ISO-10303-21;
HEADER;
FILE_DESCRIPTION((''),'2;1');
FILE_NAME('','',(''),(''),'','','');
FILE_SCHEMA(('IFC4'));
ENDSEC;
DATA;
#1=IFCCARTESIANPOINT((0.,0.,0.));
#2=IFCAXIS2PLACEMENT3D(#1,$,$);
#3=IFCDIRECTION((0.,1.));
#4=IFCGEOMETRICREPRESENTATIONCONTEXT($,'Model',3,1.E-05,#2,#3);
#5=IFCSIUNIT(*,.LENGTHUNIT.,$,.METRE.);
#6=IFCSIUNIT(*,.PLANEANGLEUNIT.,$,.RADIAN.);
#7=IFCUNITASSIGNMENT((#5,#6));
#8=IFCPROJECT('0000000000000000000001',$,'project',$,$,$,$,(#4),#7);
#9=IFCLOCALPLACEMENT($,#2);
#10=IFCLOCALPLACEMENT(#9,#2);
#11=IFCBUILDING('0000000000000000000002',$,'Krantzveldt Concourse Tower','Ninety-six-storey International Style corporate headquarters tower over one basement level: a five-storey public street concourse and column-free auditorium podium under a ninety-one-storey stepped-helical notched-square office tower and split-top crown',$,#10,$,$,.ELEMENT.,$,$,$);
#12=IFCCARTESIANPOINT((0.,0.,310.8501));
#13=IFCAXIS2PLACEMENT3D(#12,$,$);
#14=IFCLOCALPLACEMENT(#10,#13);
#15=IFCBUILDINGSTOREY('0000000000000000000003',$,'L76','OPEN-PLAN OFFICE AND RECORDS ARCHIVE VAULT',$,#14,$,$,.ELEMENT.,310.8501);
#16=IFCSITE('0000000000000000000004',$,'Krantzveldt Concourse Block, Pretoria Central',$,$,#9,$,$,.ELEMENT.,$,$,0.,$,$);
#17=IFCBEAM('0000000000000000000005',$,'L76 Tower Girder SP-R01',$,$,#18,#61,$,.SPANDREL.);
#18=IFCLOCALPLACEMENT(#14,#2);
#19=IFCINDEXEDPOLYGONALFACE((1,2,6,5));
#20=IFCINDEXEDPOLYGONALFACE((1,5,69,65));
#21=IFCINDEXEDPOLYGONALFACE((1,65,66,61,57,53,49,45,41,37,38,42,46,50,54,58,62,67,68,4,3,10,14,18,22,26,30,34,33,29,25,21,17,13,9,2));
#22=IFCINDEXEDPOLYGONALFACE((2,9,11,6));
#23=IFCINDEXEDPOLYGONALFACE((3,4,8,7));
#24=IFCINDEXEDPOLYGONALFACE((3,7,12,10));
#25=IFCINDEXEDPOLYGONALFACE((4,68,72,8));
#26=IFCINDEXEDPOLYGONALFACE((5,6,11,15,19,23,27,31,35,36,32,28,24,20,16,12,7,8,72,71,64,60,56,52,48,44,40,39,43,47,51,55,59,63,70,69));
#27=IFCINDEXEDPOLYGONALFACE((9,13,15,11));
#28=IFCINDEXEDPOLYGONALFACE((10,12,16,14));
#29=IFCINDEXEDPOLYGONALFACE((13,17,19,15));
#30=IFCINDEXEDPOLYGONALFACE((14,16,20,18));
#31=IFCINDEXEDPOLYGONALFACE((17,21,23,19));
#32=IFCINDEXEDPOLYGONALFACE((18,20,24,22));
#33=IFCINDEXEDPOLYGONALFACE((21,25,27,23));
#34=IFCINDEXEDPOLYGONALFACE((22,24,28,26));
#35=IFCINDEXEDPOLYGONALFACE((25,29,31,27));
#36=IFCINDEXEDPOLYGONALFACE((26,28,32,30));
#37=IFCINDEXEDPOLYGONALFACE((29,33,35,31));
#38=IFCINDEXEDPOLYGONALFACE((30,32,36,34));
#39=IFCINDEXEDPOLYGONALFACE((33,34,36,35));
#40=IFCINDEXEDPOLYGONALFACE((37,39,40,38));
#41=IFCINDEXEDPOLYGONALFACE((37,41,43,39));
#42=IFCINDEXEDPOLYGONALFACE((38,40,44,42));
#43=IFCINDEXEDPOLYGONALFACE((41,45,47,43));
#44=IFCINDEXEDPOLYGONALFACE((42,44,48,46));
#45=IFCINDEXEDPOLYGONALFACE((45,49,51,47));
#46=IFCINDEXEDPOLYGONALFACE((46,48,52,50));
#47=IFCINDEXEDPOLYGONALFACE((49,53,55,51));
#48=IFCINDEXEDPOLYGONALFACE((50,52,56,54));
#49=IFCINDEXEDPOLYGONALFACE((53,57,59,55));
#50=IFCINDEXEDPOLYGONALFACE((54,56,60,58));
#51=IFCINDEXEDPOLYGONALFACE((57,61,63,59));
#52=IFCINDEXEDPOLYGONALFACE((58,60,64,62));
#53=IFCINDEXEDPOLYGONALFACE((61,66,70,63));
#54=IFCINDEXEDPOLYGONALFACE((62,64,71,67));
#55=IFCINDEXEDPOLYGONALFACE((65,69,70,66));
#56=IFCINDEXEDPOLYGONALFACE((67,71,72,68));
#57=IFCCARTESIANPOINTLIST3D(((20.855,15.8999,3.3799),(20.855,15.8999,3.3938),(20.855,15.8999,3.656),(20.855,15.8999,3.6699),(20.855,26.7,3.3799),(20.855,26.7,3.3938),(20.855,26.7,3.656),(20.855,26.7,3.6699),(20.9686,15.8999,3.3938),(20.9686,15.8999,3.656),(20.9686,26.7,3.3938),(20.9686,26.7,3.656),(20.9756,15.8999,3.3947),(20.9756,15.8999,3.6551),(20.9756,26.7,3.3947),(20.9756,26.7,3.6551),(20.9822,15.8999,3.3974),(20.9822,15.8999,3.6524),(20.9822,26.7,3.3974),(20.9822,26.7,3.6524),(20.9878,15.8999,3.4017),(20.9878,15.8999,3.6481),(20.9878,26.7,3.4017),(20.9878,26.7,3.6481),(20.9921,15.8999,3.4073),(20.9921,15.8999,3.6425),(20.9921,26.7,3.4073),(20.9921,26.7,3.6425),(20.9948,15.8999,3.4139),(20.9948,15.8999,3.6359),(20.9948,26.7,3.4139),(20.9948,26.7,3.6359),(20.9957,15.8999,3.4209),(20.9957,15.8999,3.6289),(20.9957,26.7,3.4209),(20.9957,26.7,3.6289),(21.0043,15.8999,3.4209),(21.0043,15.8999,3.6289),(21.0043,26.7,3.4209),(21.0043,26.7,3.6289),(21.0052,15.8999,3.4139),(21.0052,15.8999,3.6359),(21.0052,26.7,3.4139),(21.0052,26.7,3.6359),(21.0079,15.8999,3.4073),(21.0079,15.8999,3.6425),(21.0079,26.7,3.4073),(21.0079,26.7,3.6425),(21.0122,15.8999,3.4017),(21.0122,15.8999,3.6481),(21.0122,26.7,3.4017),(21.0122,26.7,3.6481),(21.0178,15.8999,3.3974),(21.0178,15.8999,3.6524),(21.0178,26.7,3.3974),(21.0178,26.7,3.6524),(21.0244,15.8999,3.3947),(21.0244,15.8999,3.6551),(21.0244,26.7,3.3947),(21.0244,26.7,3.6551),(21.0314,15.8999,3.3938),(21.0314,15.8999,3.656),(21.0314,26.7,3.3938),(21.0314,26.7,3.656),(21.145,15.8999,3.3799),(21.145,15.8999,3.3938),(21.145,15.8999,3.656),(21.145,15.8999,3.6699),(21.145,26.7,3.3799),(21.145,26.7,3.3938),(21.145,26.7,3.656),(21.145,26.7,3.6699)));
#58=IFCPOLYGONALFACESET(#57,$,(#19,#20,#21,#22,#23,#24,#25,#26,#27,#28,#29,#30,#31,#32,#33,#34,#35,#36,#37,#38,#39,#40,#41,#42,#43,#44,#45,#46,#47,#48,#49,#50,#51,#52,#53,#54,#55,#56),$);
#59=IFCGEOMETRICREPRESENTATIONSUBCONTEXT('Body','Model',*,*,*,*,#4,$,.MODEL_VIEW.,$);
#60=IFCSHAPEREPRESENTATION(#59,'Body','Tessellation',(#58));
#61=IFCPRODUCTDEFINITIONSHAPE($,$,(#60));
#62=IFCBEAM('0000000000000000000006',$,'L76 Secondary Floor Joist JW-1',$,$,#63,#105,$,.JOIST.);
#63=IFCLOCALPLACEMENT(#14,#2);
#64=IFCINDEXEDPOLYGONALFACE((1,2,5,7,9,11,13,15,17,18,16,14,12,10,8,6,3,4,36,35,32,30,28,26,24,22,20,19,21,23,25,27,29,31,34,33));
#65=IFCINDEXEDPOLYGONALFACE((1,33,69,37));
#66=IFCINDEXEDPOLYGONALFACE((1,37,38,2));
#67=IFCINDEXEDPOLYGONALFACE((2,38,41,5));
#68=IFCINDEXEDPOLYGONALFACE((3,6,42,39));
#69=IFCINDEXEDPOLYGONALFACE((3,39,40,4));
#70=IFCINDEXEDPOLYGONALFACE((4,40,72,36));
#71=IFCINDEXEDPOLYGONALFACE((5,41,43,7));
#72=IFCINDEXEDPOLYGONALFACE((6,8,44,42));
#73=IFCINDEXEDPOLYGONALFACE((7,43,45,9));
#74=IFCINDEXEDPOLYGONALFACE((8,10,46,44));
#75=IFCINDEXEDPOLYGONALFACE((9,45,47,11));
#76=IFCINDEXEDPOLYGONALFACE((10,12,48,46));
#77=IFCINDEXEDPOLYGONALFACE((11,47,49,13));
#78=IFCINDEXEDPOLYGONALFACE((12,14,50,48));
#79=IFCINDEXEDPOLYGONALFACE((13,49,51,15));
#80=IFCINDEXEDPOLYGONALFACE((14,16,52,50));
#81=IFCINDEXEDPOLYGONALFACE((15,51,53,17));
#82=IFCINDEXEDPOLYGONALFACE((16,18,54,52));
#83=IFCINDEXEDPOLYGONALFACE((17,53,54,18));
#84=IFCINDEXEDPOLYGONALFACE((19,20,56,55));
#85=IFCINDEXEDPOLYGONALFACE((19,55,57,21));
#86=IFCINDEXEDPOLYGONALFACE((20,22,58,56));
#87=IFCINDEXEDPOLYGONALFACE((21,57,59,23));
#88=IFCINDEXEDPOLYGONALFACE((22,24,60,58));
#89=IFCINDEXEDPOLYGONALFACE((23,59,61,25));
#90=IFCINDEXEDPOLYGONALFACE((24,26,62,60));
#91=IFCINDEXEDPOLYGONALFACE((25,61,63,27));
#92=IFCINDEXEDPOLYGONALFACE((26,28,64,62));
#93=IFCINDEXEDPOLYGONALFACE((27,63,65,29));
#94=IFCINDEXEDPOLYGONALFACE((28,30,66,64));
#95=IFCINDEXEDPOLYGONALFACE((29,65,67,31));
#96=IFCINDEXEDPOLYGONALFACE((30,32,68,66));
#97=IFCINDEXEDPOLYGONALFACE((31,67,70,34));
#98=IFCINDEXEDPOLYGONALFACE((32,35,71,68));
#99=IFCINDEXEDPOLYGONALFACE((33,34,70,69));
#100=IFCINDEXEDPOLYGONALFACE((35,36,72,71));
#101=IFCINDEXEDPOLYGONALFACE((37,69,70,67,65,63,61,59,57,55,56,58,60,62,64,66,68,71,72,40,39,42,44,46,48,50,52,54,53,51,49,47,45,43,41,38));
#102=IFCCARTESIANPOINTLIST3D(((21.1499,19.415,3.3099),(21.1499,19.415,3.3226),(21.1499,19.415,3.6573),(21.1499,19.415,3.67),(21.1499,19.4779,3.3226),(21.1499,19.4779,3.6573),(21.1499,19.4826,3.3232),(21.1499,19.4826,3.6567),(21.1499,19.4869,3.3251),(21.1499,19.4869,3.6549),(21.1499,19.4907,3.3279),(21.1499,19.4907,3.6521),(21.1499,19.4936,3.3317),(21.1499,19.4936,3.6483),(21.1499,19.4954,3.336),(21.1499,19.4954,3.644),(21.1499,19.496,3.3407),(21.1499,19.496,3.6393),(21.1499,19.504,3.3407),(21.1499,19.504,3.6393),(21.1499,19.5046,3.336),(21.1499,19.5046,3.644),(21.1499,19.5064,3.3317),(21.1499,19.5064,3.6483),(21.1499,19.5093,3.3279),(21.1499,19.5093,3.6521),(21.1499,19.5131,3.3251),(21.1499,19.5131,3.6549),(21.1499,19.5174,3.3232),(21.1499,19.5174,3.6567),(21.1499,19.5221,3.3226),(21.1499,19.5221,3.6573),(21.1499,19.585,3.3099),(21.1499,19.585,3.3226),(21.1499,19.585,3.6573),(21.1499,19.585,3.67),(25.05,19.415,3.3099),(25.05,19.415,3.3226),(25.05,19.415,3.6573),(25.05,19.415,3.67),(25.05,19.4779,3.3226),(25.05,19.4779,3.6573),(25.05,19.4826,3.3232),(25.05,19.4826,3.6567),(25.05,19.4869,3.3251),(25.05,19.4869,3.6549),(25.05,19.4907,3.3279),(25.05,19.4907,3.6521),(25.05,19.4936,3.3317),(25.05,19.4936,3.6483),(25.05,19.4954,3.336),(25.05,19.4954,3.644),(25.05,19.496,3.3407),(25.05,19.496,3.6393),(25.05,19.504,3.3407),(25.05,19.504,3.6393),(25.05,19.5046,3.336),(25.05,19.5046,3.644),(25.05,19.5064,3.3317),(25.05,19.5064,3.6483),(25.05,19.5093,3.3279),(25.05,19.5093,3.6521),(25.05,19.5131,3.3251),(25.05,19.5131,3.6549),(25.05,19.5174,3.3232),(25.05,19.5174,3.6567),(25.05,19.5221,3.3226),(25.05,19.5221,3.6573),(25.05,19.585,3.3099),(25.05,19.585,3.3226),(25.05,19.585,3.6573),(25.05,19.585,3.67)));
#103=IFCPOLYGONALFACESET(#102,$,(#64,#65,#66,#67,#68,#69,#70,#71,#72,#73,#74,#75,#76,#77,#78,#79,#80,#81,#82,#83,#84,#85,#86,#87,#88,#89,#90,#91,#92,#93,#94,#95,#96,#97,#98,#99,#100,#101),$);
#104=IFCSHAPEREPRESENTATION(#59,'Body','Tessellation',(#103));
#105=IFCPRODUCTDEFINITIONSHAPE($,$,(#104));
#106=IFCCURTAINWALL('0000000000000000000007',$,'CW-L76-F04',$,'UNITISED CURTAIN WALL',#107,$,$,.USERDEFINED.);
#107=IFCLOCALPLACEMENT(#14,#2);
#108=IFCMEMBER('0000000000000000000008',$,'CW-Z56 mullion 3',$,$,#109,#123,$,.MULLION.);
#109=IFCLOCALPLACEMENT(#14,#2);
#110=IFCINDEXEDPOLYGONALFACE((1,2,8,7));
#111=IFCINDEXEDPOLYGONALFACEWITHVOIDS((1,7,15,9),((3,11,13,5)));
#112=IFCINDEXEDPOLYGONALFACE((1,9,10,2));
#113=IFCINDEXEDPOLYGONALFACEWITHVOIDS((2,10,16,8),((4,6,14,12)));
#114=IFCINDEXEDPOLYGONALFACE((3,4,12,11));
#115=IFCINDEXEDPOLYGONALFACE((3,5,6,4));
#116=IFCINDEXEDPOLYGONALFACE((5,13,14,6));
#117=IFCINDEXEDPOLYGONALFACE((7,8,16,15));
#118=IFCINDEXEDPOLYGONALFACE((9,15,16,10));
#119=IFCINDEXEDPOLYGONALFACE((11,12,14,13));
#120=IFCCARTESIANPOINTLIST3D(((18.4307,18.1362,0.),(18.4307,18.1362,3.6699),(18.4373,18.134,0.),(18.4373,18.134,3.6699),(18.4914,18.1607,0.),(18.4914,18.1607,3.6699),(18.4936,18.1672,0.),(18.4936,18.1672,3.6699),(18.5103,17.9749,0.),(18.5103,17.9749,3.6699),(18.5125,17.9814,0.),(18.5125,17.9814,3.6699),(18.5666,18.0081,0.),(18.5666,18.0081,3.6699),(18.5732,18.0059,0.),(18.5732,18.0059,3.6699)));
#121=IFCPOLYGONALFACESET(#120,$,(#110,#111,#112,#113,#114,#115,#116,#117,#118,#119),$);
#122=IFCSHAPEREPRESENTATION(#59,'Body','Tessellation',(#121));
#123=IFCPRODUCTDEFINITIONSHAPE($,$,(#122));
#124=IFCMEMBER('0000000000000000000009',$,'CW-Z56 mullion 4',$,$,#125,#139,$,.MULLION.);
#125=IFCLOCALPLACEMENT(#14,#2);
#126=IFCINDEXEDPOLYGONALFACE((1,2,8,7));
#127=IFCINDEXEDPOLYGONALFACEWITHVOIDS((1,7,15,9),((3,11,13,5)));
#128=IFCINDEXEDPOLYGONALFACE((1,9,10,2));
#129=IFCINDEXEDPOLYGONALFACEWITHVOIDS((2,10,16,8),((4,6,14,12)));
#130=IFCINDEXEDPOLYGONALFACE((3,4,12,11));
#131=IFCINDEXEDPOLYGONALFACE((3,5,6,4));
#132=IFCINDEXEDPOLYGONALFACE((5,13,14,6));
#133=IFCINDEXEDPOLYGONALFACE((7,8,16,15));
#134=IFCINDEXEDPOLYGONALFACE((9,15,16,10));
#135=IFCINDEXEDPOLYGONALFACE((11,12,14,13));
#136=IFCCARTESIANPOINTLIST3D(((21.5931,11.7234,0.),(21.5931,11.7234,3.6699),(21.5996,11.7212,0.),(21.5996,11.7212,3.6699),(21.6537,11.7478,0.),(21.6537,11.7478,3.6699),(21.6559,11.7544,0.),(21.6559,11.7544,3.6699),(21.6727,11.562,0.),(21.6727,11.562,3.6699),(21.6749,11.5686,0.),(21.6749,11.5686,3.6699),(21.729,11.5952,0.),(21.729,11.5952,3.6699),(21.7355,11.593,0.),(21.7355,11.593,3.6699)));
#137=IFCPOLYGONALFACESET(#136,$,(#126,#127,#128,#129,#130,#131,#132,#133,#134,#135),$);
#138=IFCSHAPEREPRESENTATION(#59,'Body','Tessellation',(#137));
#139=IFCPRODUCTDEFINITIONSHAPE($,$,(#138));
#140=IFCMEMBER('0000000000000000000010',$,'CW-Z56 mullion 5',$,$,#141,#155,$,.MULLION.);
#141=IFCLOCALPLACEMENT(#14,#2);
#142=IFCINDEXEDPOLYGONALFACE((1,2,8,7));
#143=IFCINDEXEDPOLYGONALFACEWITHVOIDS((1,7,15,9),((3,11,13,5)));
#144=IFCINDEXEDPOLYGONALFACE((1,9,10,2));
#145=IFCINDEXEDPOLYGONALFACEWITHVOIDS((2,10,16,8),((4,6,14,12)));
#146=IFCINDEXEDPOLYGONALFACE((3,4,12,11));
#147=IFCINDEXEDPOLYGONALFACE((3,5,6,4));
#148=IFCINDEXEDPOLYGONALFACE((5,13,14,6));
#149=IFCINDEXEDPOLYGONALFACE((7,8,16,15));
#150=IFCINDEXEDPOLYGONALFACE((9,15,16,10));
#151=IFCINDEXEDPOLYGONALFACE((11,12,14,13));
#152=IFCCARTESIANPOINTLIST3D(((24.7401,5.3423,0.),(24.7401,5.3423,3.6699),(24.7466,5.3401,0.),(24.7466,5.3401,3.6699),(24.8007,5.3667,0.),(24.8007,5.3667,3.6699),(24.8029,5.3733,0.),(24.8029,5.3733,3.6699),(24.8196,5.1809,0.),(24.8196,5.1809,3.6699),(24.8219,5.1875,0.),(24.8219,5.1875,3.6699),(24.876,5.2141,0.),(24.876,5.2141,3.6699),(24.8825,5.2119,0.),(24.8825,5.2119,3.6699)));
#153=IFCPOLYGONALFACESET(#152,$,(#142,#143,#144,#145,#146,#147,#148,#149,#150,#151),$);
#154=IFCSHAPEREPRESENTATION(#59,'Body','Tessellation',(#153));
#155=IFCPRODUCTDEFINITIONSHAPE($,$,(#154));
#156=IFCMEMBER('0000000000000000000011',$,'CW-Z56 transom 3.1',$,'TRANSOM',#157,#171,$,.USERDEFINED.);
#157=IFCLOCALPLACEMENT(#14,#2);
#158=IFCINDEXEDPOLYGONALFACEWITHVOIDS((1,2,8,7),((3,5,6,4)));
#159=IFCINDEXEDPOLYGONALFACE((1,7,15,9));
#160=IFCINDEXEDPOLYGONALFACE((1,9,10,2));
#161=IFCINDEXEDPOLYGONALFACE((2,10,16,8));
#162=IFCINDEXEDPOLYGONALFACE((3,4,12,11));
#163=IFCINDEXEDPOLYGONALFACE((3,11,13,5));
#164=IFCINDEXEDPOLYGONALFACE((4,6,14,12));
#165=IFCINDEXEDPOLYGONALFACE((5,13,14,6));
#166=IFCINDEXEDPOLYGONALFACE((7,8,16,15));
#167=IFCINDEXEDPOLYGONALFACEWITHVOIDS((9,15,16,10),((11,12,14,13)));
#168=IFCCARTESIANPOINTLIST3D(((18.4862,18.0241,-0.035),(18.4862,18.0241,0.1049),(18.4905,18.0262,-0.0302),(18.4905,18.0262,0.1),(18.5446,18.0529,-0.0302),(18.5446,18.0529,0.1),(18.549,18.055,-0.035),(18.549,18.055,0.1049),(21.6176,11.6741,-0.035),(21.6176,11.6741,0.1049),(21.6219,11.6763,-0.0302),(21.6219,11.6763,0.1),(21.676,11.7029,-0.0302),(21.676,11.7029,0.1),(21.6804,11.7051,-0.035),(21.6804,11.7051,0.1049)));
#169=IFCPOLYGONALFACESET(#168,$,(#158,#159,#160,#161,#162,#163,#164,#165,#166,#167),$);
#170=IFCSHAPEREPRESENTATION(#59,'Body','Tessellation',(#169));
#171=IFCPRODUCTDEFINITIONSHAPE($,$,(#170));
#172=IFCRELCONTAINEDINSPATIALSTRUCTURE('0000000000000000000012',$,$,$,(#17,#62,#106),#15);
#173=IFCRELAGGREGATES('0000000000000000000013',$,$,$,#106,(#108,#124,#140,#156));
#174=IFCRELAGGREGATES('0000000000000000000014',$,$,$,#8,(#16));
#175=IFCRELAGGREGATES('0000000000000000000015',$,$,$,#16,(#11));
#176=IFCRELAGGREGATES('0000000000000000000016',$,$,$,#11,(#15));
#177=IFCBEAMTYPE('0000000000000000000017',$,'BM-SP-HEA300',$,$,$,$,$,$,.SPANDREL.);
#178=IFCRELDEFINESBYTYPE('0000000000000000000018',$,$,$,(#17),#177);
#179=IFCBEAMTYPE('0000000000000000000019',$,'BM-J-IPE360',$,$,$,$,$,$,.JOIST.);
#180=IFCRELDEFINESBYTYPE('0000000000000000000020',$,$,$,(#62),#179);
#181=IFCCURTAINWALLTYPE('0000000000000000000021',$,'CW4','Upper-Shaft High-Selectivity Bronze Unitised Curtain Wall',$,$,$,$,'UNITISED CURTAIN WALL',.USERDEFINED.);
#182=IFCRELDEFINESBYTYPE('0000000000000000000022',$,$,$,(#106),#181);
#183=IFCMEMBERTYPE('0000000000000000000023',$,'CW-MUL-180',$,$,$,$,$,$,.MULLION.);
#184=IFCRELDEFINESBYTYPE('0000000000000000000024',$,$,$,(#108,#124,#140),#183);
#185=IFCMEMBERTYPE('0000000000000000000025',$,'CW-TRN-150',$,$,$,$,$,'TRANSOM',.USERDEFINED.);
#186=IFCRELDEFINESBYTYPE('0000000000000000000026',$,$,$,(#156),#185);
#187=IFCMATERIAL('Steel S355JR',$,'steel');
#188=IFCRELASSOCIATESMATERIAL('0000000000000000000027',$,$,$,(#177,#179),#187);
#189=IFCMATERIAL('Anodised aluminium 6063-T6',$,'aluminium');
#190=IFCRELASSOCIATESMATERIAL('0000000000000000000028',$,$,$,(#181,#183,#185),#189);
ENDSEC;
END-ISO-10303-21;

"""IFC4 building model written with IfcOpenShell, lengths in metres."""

from ifc_helpers import new_model, si_unit, direction, frame, origin, origin_2d, place, context, subcontext, project, spatial, hollow_rectangle, i_section, extrude, source, transform, mapped, material, material_profile, profile_set, type_object, type_shapes, element, aggregate, save


model = new_model("IFC4")

# Units and contexts
model_context = context("Model", 3, precision=1e-05, world=origin(), true_north=direction((0.0, 1.0)))
body_context = subcontext(model_context, "Body", "Model", "MODEL_VIEW")
ifc_project = project(units=[si_unit("LENGTHUNIT", "METRE"), si_unit("PLANEANGLEUNIT", "RADIAN")], contexts=[model_context])

# Site, building, storey
site_placement = place(None, origin())
site = spatial("IfcSite", under=ifc_project, at=site_placement, Name="Krantzveldt Concourse Block, Pretoria Central", CompositionType="ELEMENT", RefElevation=0.0)
building_placement = place(site_placement, origin())
building = spatial("IfcBuilding", under=site, at=building_placement, Name="Krantzveldt Concourse Tower", Description="Ninety-six-storey International Style corporate headquarters tower over one basement level: a five-storey public street concourse and column-free auditorium podium under a ninety-one-storey stepped-helical notched-square office tower and split-top crown", CompositionType="ELEMENT")
storey_placement = place(building_placement, frame((0.0, 0.0, 310.8501)))
storey = spatial("IfcBuildingStorey", under=building, at=storey_placement, Name="L76", Description="OPEN-PLAN OFFICE AND RECORDS ARCHIVE VAULT", CompositionType="ELEMENT", Elevation=310.8501)

# Beams
ifc_material_1 = material(Name="Steel S355JR", Category="steel")
ifc_material_profile_1 = material_profile(ifc_material_1, i_section(OverallWidth=0.29, OverallDepth=0.29, WebThickness=0.0085, FlangeThickness=0.0139, FilletRadius=0.0271, at=origin_2d()), Name="Steel S355JR", Category="steel")
ifc_profile_set_1 = profile_set([ifc_material_profile_1], Name="Steel S355JR - HEA 300")
beam_type_1 = type_object("IfcBeamType", Name="BM-SP-HEA300", PredefinedType="SPANDREL", material=ifc_profile_set_1)
shared_shape_1 = source(origin(), body_context, "Body", "SweptSolid", [
    extrude(i_section(OverallWidth=0.29, OverallDepth=0.29, WebThickness=0.0085, FlangeThickness=0.0139, FilletRadius=0.0271, at=origin_2d()), origin(), (0.0, 0.0, 1.0), 10.8),
])
type_shapes(beam_type_1, [shared_shape_1])
beam_1_placement = place(storey_placement, frame((21.0, 15.8999, 3.5249), z_axis=(0.0, 1.0, 0.0), x_axis=(-1.0, 0.0, 0.0)))
element("IfcBeam", 1, at=beam_1_placement, inside=storey, type_object=beam_type_1, Name="L76 Tower Girder SP-R01", PredefinedType="SPANDREL", context=body_context, shape_type="MappedRepresentation", body=[
    mapped(shared_shape_1, transform((0.0, 0.0, 0.0), x_axis=(1.0, 0.0, 0.0), y_axis=(0.0, 1.0, 0.0), z_axis=(0.0, 0.0, 1.0), scale=1.0)),
])
ifc_material_profile_2 = material_profile(ifc_material_1, i_section(OverallWidth=0.1699, OverallDepth=0.3601, WebThickness=0.0081, FlangeThickness=0.0127, FilletRadius=0.0181, at=origin_2d()), Name="Steel S355JR", Category="steel")
ifc_profile_set_2 = profile_set([ifc_material_profile_2], Name="Steel S355JR - IPE 360")
beam_type_2 = type_object("IfcBeamType", Name="BM-J-IPE360", PredefinedType="JOIST", material=ifc_profile_set_2)
shared_shape_2 = source(origin(), body_context, "Body", "SweptSolid", [
    extrude(i_section(OverallWidth=0.1699, OverallDepth=0.3601, WebThickness=0.0081, FlangeThickness=0.0127, FilletRadius=0.0181, at=origin_2d()), origin(), (0.0, 0.0, 1.0), 3.9001),
])
type_shapes(beam_type_2, [shared_shape_2])
beam_2_placement = place(storey_placement, frame((21.1499, 19.5, 3.49), z_axis=(1.0, 0.0, 0.0), x_axis=(0.0, 1.0, 0.0)))
element("IfcBeam", 2, at=beam_2_placement, inside=storey, type_object=beam_type_2, Name="L76 Secondary Floor Joist JW-1", PredefinedType="JOIST", context=body_context, shape_type="MappedRepresentation", body=[
    mapped(shared_shape_2, transform((0.0, 0.0, 0.0), x_axis=(1.0, 0.0, 0.0), y_axis=(0.0, 1.0, 0.0), z_axis=(0.0, 0.0, 1.0), scale=1.0)),
])

# Curtain wall, members
ifc_material_2 = material(Name="Anodised aluminium 6063-T6", Category="aluminium")
curtain_wall_type = type_object("IfcCurtainWallType", Name="CW4", Description="Upper-Shaft High-Selectivity Bronze Unitised Curtain Wall", ElementType="UNITISED CURTAIN WALL", PredefinedType="USERDEFINED", material=ifc_material_2)
curtain_wall_placement = place(storey_placement, origin())
curtain_wall = element("IfcCurtainWall", 3, at=curtain_wall_placement, inside=storey, type_object=curtain_wall_type, Name="CW-L76-F04", ObjectType="UNITISED CURTAIN WALL", PredefinedType="USERDEFINED")
ifc_material_profile_3 = material_profile(ifc_material_2, hollow_rectangle(XDim=0.0701, YDim=0.1799, WallThickness=0.0049, at=origin_2d()), Name="Anodised aluminium 6063-T6", Category="aluminium")
ifc_profile_set_3 = profile_set([ifc_material_profile_3], Name="Anodised aluminium 6063-T6 - ALU-MULL 180x70x5")
member_type_1 = type_object("IfcMemberType", Name="CW-MUL-180", PredefinedType="MULLION", material=ifc_profile_set_3)
shared_shape_3 = source(origin(), body_context, "Body", "SweptSolid", [
    extrude(hollow_rectangle(XDim=0.0701, YDim=0.1799, WallThickness=0.0049, at=origin_2d()), origin(), (0.0, 0.0, 1.0), 3.6699),
])
type_shapes(member_type_1, [shared_shape_3])
member_1_placement = place(storey_placement, frame((18.502, 18.071, 0.0), z_axis=(0.0, 0.0, 1.0), x_axis=(0.896873, 0.442289, 0.0)))
member_1 = element("IfcMember", 4, at=member_1_placement, type_object=member_type_1, Name="CW-Z56 mullion 3", PredefinedType="MULLION", context=body_context, shape_type="MappedRepresentation", body=[
    mapped(shared_shape_3, transform((0.0, 0.0, 0.0), x_axis=(1.0, 0.0, 0.0), y_axis=(0.0, 1.0, 0.0), z_axis=(0.0, 0.0, 1.0), scale=1.0)),
])
member_2_placement = place(storey_placement, frame((21.6643, 11.6582, 0.0), z_axis=(0.0, 0.0, 1.0), x_axis=(0.896873, 0.442289, 0.0)))
member_2 = element("IfcMember", 5, at=member_2_placement, type_object=member_type_1, Name="CW-Z56 mullion 4", PredefinedType="MULLION", context=body_context, shape_type="MappedRepresentation", body=[
    mapped(shared_shape_3, transform((0.0, 0.0, 0.0), x_axis=(1.0, 0.0, 0.0), y_axis=(0.0, 1.0, 0.0), z_axis=(0.0, 0.0, 1.0), scale=1.0)),
])
member_3_placement = place(storey_placement, frame((24.8113, 5.2771, 0.0), z_axis=(0.0, 0.0, 1.0), x_axis=(0.896873, 0.442289, 0.0)))
member_3 = element("IfcMember", 6, at=member_3_placement, type_object=member_type_1, Name="CW-Z56 mullion 5", PredefinedType="MULLION", context=body_context, shape_type="MappedRepresentation", body=[
    mapped(shared_shape_3, transform((0.0, 0.0, 0.0), x_axis=(1.0, 0.0, 0.0), y_axis=(0.0, 1.0, 0.0), z_axis=(0.0, 0.0, 1.0), scale=1.0)),
])
ifc_material_profile_4 = material_profile(ifc_material_2, hollow_rectangle(XDim=0.0701, YDim=0.1399, WallThickness=0.0049, at=origin_2d()), Name="Anodised aluminium 6063-T6", Category="aluminium")
ifc_profile_set_4 = profile_set([ifc_material_profile_4], Name="Anodised aluminium 6063-T6 - ALU-TRAN 140x70x5")
member_type_2 = type_object("IfcMemberType", Name="CW-TRN-150", ElementType="TRANSOM", PredefinedType="USERDEFINED", material=ifc_profile_set_4)
shared_shape_4 = source(origin(), body_context, "Body", "SweptSolid", [
    extrude(hollow_rectangle(XDim=0.0701, YDim=0.1399, WallThickness=0.0049, at=origin_2d()), origin(), (0.0, 0.0, 1.0), 7.0801),
])
member_4_placement = place(storey_placement, frame((18.5176, 18.0396, 0.0349), z_axis=(0.442283, -0.896876, 0.0), x_axis=(0.896876, 0.442283, 0.0)))
member_4 = element("IfcMember", 7, at=member_4_placement, type_object=member_type_2, Name="CW-Z56 transom 3.1", ObjectType="TRANSOM", PredefinedType="USERDEFINED", context=body_context, shape_type="MappedRepresentation", body=[
    mapped(shared_shape_4, transform((0.0, 0.0, 0.0), x_axis=(1.0, 0.0, 0.0), y_axis=(0.0, 1.0, 0.0), z_axis=(0.0, 0.0, 1.0), scale=1.0)),
])

aggregate(curtain_wall, [member_1, member_2, member_3, member_4])

save(model, "model.ifc")
